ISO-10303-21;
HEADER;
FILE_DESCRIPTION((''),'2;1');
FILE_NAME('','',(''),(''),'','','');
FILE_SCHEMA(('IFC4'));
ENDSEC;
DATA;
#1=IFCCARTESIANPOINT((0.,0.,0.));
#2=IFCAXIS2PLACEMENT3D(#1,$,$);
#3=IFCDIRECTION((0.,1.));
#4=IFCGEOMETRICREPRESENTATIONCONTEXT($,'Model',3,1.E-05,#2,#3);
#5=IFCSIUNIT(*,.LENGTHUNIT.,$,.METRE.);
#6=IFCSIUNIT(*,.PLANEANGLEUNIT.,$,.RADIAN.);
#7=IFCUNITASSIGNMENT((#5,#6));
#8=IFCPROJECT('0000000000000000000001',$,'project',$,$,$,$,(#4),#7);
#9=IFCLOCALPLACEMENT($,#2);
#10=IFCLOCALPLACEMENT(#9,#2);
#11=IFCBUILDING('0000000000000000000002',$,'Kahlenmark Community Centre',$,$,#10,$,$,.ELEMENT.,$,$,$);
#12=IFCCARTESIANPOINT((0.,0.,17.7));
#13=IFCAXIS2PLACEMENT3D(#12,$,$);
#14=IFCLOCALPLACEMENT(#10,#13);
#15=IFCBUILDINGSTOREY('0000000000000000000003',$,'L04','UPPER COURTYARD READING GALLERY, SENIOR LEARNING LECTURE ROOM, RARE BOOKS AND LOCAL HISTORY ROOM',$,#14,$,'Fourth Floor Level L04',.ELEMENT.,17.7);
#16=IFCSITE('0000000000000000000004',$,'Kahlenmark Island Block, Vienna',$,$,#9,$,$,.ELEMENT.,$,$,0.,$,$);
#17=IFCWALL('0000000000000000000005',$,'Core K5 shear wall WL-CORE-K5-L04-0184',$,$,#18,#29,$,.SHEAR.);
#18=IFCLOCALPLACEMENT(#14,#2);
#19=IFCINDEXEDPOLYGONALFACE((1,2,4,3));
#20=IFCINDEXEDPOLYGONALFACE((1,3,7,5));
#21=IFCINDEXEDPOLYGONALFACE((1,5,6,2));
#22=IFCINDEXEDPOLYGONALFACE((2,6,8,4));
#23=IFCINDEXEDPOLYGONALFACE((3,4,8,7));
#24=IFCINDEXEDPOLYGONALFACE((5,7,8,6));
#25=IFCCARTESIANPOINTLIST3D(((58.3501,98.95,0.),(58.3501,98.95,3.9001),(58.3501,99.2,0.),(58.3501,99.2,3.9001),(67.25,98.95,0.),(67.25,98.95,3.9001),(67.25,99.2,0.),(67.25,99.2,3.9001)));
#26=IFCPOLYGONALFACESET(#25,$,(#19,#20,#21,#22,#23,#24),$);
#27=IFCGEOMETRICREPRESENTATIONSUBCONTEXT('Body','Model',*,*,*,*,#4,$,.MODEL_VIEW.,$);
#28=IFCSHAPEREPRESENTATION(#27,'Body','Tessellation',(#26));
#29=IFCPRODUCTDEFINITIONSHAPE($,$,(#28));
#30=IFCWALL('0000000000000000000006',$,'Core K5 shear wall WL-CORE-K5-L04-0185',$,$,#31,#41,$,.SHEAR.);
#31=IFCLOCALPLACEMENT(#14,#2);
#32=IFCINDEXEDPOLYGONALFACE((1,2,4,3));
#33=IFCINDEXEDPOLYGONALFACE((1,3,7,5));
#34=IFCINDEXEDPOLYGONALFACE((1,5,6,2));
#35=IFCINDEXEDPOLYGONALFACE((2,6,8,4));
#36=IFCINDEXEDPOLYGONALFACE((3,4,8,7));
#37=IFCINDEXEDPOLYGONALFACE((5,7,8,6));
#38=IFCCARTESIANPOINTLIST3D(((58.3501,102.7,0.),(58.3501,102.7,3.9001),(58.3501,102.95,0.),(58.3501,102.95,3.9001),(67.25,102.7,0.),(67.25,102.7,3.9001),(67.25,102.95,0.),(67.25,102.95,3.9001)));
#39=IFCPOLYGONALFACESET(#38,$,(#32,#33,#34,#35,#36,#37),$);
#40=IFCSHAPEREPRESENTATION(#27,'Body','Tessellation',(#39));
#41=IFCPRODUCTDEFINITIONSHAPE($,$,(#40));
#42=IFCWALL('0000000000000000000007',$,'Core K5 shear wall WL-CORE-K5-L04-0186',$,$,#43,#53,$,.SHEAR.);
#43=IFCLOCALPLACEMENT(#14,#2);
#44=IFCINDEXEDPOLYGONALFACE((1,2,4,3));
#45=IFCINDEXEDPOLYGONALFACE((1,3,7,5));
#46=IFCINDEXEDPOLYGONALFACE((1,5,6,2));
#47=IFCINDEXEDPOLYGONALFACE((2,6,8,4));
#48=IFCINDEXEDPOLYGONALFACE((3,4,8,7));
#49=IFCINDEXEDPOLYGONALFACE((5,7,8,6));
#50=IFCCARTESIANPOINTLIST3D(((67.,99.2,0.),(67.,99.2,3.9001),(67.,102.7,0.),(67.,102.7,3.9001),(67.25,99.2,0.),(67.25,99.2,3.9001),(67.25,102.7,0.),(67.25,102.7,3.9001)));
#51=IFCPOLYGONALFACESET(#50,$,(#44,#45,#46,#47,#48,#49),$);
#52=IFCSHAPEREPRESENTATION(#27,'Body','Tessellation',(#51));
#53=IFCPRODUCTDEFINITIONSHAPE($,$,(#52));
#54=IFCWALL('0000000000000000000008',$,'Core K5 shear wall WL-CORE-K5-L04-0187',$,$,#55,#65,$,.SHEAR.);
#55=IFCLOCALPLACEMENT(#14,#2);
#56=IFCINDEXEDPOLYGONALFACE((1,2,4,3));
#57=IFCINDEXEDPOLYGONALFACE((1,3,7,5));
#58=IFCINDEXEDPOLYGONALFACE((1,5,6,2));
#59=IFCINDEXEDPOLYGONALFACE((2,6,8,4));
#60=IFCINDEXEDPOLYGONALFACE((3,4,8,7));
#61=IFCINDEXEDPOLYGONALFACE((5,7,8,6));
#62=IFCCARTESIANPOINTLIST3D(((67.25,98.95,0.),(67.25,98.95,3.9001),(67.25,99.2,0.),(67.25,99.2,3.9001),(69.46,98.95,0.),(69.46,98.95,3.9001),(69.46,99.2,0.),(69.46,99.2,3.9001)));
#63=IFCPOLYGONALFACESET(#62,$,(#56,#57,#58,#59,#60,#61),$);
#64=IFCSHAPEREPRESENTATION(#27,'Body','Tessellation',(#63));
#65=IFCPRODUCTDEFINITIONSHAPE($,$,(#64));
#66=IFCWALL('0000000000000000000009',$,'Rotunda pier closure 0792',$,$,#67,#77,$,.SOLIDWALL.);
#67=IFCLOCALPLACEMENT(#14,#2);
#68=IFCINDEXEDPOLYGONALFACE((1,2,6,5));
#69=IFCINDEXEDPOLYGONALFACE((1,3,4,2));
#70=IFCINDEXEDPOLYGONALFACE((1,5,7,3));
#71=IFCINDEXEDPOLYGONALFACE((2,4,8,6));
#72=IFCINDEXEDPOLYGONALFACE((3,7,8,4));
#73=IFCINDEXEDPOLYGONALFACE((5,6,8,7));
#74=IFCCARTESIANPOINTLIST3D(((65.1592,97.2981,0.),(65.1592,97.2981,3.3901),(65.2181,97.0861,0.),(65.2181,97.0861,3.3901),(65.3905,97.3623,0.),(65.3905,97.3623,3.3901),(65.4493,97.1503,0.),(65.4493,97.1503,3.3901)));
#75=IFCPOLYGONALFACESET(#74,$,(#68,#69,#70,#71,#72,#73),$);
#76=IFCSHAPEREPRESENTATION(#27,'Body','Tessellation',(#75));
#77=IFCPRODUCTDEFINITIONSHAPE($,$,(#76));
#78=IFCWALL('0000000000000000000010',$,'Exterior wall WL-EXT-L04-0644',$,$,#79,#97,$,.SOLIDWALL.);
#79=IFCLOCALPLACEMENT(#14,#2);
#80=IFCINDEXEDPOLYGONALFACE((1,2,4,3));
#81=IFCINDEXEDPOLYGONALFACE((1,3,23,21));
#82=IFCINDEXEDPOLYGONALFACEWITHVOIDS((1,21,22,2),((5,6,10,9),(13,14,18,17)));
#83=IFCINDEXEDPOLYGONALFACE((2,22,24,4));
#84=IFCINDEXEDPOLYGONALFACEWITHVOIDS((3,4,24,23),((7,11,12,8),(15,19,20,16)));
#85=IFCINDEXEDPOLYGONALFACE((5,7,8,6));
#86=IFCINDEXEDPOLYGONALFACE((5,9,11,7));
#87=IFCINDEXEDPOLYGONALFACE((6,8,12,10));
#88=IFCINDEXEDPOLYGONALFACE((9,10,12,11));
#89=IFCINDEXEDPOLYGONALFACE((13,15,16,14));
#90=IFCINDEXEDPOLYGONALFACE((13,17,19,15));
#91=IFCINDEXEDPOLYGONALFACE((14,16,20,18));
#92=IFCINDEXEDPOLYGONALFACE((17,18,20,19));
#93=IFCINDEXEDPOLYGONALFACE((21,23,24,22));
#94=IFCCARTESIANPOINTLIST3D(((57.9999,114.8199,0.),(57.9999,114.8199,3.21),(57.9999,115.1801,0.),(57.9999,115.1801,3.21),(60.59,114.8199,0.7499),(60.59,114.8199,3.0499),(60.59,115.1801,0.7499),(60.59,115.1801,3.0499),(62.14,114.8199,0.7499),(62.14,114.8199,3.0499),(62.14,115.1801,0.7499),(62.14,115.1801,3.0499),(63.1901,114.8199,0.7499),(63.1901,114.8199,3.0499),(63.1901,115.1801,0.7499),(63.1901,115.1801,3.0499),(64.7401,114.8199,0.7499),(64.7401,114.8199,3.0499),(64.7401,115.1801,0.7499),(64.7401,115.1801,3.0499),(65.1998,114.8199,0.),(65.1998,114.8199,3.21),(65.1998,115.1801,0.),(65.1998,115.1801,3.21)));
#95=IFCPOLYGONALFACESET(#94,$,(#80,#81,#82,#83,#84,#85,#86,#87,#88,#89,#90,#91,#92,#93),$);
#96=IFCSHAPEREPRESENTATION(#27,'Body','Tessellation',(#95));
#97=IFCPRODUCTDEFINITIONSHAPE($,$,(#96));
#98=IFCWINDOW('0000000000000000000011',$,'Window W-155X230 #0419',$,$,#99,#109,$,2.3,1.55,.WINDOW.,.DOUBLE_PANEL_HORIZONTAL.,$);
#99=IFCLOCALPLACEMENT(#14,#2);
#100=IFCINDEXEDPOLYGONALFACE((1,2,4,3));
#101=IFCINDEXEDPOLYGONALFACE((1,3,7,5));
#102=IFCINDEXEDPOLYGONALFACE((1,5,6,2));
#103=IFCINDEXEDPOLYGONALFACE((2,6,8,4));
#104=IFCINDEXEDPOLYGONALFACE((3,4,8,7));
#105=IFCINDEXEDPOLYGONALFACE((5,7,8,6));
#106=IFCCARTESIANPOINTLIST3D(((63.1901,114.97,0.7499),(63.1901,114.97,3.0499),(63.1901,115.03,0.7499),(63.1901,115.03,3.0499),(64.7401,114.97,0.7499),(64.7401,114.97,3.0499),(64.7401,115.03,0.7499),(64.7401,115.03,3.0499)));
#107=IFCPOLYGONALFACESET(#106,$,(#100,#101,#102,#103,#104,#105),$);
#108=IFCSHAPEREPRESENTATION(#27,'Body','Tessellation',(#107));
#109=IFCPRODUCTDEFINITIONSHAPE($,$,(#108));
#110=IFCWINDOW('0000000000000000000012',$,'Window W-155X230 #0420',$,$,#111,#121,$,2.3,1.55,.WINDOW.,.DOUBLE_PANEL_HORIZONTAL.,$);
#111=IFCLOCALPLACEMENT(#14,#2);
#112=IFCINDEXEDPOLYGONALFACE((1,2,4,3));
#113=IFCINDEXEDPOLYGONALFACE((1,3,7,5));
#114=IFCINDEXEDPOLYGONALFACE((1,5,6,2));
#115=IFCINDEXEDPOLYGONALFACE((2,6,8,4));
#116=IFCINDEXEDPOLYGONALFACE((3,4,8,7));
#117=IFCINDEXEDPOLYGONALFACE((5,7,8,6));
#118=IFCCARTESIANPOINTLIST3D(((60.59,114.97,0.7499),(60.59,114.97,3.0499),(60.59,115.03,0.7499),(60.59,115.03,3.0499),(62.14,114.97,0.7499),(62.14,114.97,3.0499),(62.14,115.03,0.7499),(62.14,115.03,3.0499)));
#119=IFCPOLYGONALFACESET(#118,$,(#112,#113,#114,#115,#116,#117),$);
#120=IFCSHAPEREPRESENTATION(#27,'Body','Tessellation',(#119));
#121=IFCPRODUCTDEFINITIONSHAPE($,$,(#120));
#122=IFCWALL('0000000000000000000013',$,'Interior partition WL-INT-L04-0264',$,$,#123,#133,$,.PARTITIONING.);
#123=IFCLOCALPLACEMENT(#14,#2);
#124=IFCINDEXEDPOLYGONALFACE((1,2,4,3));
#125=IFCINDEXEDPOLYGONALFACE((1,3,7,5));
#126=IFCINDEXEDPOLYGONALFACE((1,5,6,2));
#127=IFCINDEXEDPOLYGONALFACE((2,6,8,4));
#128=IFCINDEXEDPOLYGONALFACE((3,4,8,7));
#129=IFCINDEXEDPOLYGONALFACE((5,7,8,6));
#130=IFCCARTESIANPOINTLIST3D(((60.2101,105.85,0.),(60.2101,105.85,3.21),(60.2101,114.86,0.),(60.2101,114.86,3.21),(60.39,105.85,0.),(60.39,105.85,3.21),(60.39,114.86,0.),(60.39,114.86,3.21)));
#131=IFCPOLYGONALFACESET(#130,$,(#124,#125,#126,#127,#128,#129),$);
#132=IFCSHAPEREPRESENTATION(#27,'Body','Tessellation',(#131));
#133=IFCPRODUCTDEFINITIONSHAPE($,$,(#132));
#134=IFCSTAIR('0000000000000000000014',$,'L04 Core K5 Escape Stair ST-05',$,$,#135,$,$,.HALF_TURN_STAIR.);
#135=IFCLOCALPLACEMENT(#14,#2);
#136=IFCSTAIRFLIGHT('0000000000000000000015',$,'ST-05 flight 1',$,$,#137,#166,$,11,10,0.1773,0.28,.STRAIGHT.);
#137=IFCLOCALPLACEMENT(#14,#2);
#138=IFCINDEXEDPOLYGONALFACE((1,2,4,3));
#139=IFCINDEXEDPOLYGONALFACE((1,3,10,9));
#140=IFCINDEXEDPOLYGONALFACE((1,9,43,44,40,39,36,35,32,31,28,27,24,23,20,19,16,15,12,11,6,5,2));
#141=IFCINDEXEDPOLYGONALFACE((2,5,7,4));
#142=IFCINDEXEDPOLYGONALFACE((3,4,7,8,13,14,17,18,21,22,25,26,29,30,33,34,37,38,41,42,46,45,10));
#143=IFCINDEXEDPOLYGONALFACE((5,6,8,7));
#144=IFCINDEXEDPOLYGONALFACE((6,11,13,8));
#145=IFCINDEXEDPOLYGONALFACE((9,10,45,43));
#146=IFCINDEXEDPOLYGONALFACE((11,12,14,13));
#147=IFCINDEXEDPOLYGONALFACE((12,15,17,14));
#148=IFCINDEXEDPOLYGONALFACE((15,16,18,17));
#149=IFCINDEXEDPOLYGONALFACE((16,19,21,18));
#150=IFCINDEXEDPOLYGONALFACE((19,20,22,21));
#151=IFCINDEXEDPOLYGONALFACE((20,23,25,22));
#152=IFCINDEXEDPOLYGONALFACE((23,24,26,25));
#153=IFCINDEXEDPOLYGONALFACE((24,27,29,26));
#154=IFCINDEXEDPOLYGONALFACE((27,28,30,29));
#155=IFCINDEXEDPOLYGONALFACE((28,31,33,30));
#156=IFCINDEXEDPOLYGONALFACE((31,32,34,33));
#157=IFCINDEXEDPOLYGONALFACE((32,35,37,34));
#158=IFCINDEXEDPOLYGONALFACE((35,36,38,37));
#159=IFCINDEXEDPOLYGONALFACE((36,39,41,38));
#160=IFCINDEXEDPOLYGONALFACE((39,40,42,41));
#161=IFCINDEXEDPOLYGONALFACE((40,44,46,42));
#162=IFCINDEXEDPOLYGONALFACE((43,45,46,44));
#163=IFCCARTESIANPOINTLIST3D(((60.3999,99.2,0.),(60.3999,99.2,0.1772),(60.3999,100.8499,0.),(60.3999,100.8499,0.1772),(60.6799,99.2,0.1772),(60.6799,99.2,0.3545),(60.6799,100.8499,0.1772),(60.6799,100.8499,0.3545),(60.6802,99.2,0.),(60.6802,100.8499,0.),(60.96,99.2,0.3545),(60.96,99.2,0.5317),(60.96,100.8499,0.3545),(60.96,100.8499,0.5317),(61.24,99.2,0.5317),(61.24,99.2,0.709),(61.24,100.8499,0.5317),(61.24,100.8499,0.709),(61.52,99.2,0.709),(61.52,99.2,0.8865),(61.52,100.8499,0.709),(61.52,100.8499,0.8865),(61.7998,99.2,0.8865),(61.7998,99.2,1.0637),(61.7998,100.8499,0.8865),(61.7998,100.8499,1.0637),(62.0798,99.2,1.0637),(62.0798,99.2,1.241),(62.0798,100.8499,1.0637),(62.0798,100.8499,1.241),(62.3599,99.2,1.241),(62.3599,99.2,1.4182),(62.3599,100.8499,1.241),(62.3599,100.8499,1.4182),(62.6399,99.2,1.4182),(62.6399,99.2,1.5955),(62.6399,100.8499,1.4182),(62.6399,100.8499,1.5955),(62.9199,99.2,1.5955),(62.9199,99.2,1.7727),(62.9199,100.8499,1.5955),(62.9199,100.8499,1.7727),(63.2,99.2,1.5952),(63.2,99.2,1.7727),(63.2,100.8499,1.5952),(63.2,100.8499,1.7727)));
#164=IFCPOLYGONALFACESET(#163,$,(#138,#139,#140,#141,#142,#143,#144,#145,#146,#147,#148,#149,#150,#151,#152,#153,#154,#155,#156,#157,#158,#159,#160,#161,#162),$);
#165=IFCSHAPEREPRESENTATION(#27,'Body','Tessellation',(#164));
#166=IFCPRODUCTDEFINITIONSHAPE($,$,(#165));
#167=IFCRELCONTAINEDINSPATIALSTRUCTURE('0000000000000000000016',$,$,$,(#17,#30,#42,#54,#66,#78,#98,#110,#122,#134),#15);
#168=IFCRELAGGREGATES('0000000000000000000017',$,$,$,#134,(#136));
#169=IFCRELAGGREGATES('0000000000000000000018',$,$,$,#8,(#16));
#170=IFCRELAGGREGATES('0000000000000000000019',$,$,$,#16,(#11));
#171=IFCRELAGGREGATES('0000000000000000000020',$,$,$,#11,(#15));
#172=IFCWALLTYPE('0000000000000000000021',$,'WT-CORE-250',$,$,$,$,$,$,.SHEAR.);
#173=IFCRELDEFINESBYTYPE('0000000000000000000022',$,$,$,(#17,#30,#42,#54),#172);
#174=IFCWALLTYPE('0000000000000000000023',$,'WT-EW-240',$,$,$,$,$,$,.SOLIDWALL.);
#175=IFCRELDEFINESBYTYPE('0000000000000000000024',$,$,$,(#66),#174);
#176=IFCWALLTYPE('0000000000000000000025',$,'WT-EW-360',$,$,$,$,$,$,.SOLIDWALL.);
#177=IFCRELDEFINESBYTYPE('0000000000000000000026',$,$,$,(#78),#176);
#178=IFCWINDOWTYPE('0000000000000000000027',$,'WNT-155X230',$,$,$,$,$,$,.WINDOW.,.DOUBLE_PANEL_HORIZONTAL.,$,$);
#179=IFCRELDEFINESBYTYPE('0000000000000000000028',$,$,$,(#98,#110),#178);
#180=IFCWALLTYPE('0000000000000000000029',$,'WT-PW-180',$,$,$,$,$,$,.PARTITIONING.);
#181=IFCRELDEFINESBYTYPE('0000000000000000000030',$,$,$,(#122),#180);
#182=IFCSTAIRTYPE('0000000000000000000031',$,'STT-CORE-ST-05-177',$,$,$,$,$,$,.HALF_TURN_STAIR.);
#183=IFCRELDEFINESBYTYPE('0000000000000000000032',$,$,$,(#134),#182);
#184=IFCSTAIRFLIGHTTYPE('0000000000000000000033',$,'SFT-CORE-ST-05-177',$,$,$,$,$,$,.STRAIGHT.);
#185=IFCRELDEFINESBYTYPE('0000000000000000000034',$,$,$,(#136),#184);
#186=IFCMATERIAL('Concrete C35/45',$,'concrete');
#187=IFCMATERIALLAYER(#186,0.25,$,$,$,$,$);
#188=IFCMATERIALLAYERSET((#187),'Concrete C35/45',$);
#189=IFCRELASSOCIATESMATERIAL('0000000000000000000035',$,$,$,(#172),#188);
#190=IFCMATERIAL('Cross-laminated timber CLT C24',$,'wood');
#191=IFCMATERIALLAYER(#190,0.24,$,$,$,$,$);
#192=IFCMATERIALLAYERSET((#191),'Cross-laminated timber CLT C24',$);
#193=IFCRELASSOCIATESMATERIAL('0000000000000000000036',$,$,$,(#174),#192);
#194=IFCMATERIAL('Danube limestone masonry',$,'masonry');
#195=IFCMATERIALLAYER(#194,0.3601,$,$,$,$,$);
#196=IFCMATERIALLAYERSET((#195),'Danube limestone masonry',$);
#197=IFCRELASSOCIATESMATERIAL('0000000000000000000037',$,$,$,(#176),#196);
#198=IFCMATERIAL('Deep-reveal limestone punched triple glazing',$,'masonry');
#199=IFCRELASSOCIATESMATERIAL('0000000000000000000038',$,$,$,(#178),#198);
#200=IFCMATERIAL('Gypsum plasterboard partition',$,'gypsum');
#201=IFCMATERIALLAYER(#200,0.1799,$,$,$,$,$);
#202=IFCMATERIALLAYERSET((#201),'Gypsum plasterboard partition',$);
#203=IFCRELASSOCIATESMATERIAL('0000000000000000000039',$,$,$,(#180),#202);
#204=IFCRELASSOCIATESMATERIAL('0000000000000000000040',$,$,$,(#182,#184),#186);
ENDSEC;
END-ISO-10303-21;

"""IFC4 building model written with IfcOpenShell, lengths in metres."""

from ifc_helpers import new_model, si_unit, direction, frame, frame_2d, origin, place, context, subcontext, project, spatial, polyline, rectangle, outline, extrude, material, layer, layer_set, type_object, element, fill, aggregate, save


model = new_model("IFC4")

# Units and contexts
model_context = context("Model", 3, precision=1e-05, world=origin(), true_north=direction((0.0, 1.0)))
body_context = subcontext(model_context, "Body", "Model", "MODEL_VIEW")
ifc_project = project(units=[si_unit("LENGTHUNIT", "METRE"), si_unit("PLANEANGLEUNIT", "RADIAN")], contexts=[model_context])

# Site, building, storey
site_placement = place(None, origin())
site = spatial("IfcSite", under=ifc_project, at=site_placement, Name="Kahlenmark Island Block, Vienna", CompositionType="ELEMENT", RefElevation=0.0)
building_placement = place(site_placement, origin())
building = spatial("IfcBuilding", under=site, at=building_placement, Name="Kahlenmark Community Centre", CompositionType="ELEMENT")
storey_placement = place(building_placement, frame((0.0, 0.0, 17.7)))
storey = spatial("IfcBuildingStorey", under=building, at=storey_placement, Name="L04", Description="UPPER COURTYARD READING GALLERY, SENIOR LEARNING LECTURE ROOM, RARE BOOKS AND LOCAL HISTORY ROOM", LongName="Fourth Floor Level L04", CompositionType="ELEMENT", Elevation=17.7)

# Shared definitions
ifc_material_1 = material(Name="Concrete C35/45", Category="concrete")
ifc_layer_1 = layer(ifc_material_1, 0.25)
ifc_layer_set_1 = layer_set([ifc_layer_1], Name="Concrete C35/45")
wall_type_1 = type_object("IfcWallType", Name="WT-CORE-250", PredefinedType="SHEAR", material=ifc_layer_set_1)

# Walls
for number, where, z_axis, x_axis, name in (
    (1, (58.3501, 99.075, 0.0), (0.0, 0.0, 1.0), (1.0, 0.0, 0.0), "Core K5 shear wall WL-CORE-K5-L04-0184"),
    (2, (58.3501, 102.825, 0.0), (0.0, 0.0, 1.0), (1.0, 0.0, 0.0), "Core K5 shear wall WL-CORE-K5-L04-0185"),
):
    element("IfcWall", number, at=place(storey_placement, frame(where, z_axis=z_axis, x_axis=x_axis)), inside=storey, type_object=wall_type_1, Name=name, PredefinedType="SHEAR", context=body_context, shape_type="SweptSolid", body=[
        extrude(rectangle(XDim=8.8999, YDim=0.25, at=frame_2d((4.45, 0.0))), origin(), (0.0, 0.0, 1.0), 3.9001),
    ])
wall_1_placement = place(storey_placement, frame((67.125, 99.2, 0.0), z_axis=(0.0, 0.0, 1.0), x_axis=(0.0, 1.0, 0.0)))
element("IfcWall", 3, at=wall_1_placement, inside=storey, type_object=wall_type_1, Name="Core K5 shear wall WL-CORE-K5-L04-0186", PredefinedType="SHEAR", context=body_context, shape_type="SweptSolid", body=[
    extrude(rectangle(XDim=3.5, YDim=0.25, at=frame_2d((1.75, 0.0))), origin(), (0.0, 0.0, 1.0), 3.9001),
])
wall_2_placement = place(storey_placement, frame((67.25, 99.075, 0.0), z_axis=(0.0, 0.0, 1.0), x_axis=(1.0, 0.0, 0.0)))
element("IfcWall", 4, at=wall_2_placement, inside=storey, type_object=wall_type_1, Name="Core K5 shear wall WL-CORE-K5-L04-0187", PredefinedType="SHEAR", context=body_context, shape_type="SweptSolid", body=[
    extrude(rectangle(XDim=2.21, YDim=0.25, at=frame_2d((1.105, 0.0))), origin(), (0.0, 0.0, 1.0), 3.9001),
])

# Wall
ifc_material_2 = material(Name="Cross-laminated timber CLT C24", Category="wood")
ifc_layer_2 = layer(ifc_material_2, 0.24)
ifc_layer_set_2 = layer_set([ifc_layer_2], Name="Cross-laminated timber CLT C24")
wall_type_2 = type_object("IfcWallType", Name="WT-EW-240", PredefinedType="SOLIDWALL", material=ifc_layer_set_2)
wall_3_placement = place(storey_placement, frame((65.2749, 97.3301, 0.0), z_axis=(0.0, 0.0, 1.0), x_axis=(0.267529, -0.96355, 0.0)))
element("IfcWall", 5, at=wall_3_placement, inside=storey, type_object=wall_type_2, Name="Rotunda pier closure 0792", PredefinedType="SOLIDWALL", context=body_context, shape_type="SweptSolid", body=[
    extrude(rectangle(XDim=0.22, YDim=0.24, at=frame_2d((0.1099, 0.0))), origin(), (0.0, 0.0, 1.0), 3.3901),
])

# Wall, openings, windows
ifc_material_3 = material(Name="Danube limestone masonry", Category="masonry")
ifc_layer_3 = layer(ifc_material_3, 0.3601)
ifc_layer_set_3 = layer_set([ifc_layer_3], Name="Danube limestone masonry")
wall_type_3 = type_object("IfcWallType", Name="WT-EW-360", PredefinedType="SOLIDWALL", material=ifc_layer_set_3)
wall_4_placement = place(storey_placement, frame((65.2, 115.0, 0.0), z_axis=(0.0, 0.0, 1.0), x_axis=(-1.0, 0.0, 0.0)))
wall_4 = element("IfcWall", 6, at=wall_4_placement, inside=storey, type_object=wall_type_3, Name="Exterior wall WL-EXT-L04-0644", PredefinedType="SOLIDWALL", context=body_context, shape_type="SweptSolid", body=[
    extrude(rectangle(XDim=7.2, YDim=0.3601, at=frame_2d((3.6001, 0.0))), origin(), (0.0, 0.0, 1.0), 3.21),
])
opening_1_placement = place(wall_4_placement, frame((0.46, 0.0, 0.75)))
opening_1 = element("IfcOpeningElement", 7, at=opening_1_placement, cuts=wall_4, PredefinedType="OPENING", context=body_context, shape_type="SweptSolid", body=[
    extrude(rectangle(XDim=1.55, YDim=2.3, at=frame_2d((0.7749, 1.1499))), frame((0.0, 0.1899, 0.0), z_axis=(0.0, -1.0, 0.0), x_axis=(1.0, 0.0, 0.0)), (0.0, 0.0, 1.0), 0.3801),
])
opening_2_placement = place(wall_4_placement, frame((3.0601, 0.0, 0.75)))
opening_2 = element("IfcOpeningElement", 8, at=opening_2_placement, cuts=wall_4, PredefinedType="OPENING", context=body_context, shape_type="SweptSolid", body=[
    extrude(rectangle(XDim=1.55, YDim=2.3, at=frame_2d((0.7749, 1.1499))), frame((0.0, 0.1899, 0.0), z_axis=(0.0, -1.0, 0.0), x_axis=(1.0, 0.0, 0.0)), (0.0, 0.0, 1.0), 0.3801),
])
ifc_material_4 = material(Name="Deep-reveal limestone punched triple glazing", Category="masonry")
window_type = type_object("IfcWindowType", Name="WNT-155X230", PartitioningType="DOUBLE_PANEL_HORIZONTAL", PredefinedType="WINDOW", material=ifc_material_4)
window_1_placement = place(opening_1_placement, origin())
window_1 = element("IfcWindow", 9, at=window_1_placement, inside=storey, type_object=window_type, Name="Window W-155X230 #0419", OverallHeight=2.3, OverallWidth=1.55, PartitioningType="DOUBLE_PANEL_HORIZONTAL", PredefinedType="WINDOW", context=body_context, shape_type="SweptSolid", body=[
    extrude(rectangle(XDim=1.55, YDim=2.3, at=frame_2d((0.7749, 1.1499))), frame((0.0, 0.03, 0.0), z_axis=(0.0, -1.0, 0.0), x_axis=(1.0, 0.0, 0.0)), (0.0, 0.0, 1.0), 0.0601),
])
fill(opening_1, window_1)
window_2_placement = place(opening_2_placement, origin())
window_2 = element("IfcWindow", 10, at=window_2_placement, inside=storey, type_object=window_type, Name="Window W-155X230 #0420", OverallHeight=2.3, OverallWidth=1.55, PartitioningType="DOUBLE_PANEL_HORIZONTAL", PredefinedType="WINDOW", context=body_context, shape_type="SweptSolid", body=[
    extrude(rectangle(XDim=1.55, YDim=2.3, at=frame_2d((0.7749, 1.1499))), frame((0.0, 0.03, 0.0), z_axis=(0.0, -1.0, 0.0), x_axis=(1.0, 0.0, 0.0)), (0.0, 0.0, 1.0), 0.0601),
])
fill(opening_2, window_2)

# Shared definitions
ifc_material_5 = material(Name="Gypsum plasterboard partition", Category="gypsum")
ifc_layer_4 = layer(ifc_material_5, 0.1799)
ifc_layer_set_4 = layer_set([ifc_layer_4], Name="Gypsum plasterboard partition")
wall_type_4 = type_object("IfcWallType", Name="WT-PW-180", PredefinedType="PARTITIONING", material=ifc_layer_set_4)

# Wall
wall_5_placement = place(storey_placement, frame((60.3, 105.8501, 0.0), z_axis=(0.0, 0.0, 1.0), x_axis=(0.0, 1.0, 0.0)))
element("IfcWall", 11, at=wall_5_placement, inside=storey, type_object=wall_type_4, Name="Interior partition WL-INT-L04-0264", PredefinedType="PARTITIONING", context=body_context, shape_type="SweptSolid", body=[
    extrude(rectangle(XDim=9.01, YDim=0.1799, at=frame_2d((4.5049, 0.0))), origin(), (0.0, 0.0, 1.0), 3.21),
])

# Stair, stair flight
stair_type = type_object("IfcStairType", Name="STT-CORE-ST-05-177", PredefinedType="HALF_TURN_STAIR", material=ifc_material_1)
stair_placement = place(storey_placement, origin())
stair = element("IfcStair", 12, at=stair_placement, inside=storey, type_object=stair_type, Name="L04 Core K5 Escape Stair ST-05", PredefinedType="HALF_TURN_STAIR")
stair_flight_type = type_object("IfcStairFlightType", Name="SFT-CORE-ST-05-177", PredefinedType="STRAIGHT", material=ifc_material_1)
stair_flight_1_placement = place(storey_placement, frame((60.3999, 100.0249, 0.0), z_axis=(0.0, 0.0, 1.0), x_axis=(1.0, 0.0, 0.0)))
stair_flight_1 = element("IfcStairFlight", 13, at=stair_flight_1_placement, type_object=stair_flight_type, Name="ST-05 flight 1", NumberOfRisers=11, NumberOfTreads=10, PredefinedType="STRAIGHT", RiserHeight=0.1773, TreadLength=0.28, context=body_context, shape_type="SweptSolid", body=[
    extrude(outline(polyline([(0.0, 0.0), (0.0, 0.1772), (0.28, 0.1772), (0.28, 0.3545), (0.5601, 0.3545), (0.5601, 0.5317), (0.8401, 0.5317), (0.8401, 0.709), (1.1201, 0.709), (1.1201, 0.8865), (1.3999, 0.8865), (1.3999, 1.0637), (1.6799, 1.0637), (1.6799, 1.241), (1.96, 1.241), (1.96, 1.4182), (2.24, 1.4182), (2.24, 1.5955), (2.52, 1.5955), (2.52, 1.7727), (2.8, 1.7727), (2.8, 1.95), (2.8, 1.5952), (0.2803, 0.0), (0.0, 0.0)])), frame((0.0, 0.825, 0.0), z_axis=(0.0, -1.0, 0.0), x_axis=(1.0, 0.0, 0.0)), (0.0, 0.0, 1.0), 1.6499),
])
aggregate(stair, [stair_flight_1])

save(model, "model.ifc")
